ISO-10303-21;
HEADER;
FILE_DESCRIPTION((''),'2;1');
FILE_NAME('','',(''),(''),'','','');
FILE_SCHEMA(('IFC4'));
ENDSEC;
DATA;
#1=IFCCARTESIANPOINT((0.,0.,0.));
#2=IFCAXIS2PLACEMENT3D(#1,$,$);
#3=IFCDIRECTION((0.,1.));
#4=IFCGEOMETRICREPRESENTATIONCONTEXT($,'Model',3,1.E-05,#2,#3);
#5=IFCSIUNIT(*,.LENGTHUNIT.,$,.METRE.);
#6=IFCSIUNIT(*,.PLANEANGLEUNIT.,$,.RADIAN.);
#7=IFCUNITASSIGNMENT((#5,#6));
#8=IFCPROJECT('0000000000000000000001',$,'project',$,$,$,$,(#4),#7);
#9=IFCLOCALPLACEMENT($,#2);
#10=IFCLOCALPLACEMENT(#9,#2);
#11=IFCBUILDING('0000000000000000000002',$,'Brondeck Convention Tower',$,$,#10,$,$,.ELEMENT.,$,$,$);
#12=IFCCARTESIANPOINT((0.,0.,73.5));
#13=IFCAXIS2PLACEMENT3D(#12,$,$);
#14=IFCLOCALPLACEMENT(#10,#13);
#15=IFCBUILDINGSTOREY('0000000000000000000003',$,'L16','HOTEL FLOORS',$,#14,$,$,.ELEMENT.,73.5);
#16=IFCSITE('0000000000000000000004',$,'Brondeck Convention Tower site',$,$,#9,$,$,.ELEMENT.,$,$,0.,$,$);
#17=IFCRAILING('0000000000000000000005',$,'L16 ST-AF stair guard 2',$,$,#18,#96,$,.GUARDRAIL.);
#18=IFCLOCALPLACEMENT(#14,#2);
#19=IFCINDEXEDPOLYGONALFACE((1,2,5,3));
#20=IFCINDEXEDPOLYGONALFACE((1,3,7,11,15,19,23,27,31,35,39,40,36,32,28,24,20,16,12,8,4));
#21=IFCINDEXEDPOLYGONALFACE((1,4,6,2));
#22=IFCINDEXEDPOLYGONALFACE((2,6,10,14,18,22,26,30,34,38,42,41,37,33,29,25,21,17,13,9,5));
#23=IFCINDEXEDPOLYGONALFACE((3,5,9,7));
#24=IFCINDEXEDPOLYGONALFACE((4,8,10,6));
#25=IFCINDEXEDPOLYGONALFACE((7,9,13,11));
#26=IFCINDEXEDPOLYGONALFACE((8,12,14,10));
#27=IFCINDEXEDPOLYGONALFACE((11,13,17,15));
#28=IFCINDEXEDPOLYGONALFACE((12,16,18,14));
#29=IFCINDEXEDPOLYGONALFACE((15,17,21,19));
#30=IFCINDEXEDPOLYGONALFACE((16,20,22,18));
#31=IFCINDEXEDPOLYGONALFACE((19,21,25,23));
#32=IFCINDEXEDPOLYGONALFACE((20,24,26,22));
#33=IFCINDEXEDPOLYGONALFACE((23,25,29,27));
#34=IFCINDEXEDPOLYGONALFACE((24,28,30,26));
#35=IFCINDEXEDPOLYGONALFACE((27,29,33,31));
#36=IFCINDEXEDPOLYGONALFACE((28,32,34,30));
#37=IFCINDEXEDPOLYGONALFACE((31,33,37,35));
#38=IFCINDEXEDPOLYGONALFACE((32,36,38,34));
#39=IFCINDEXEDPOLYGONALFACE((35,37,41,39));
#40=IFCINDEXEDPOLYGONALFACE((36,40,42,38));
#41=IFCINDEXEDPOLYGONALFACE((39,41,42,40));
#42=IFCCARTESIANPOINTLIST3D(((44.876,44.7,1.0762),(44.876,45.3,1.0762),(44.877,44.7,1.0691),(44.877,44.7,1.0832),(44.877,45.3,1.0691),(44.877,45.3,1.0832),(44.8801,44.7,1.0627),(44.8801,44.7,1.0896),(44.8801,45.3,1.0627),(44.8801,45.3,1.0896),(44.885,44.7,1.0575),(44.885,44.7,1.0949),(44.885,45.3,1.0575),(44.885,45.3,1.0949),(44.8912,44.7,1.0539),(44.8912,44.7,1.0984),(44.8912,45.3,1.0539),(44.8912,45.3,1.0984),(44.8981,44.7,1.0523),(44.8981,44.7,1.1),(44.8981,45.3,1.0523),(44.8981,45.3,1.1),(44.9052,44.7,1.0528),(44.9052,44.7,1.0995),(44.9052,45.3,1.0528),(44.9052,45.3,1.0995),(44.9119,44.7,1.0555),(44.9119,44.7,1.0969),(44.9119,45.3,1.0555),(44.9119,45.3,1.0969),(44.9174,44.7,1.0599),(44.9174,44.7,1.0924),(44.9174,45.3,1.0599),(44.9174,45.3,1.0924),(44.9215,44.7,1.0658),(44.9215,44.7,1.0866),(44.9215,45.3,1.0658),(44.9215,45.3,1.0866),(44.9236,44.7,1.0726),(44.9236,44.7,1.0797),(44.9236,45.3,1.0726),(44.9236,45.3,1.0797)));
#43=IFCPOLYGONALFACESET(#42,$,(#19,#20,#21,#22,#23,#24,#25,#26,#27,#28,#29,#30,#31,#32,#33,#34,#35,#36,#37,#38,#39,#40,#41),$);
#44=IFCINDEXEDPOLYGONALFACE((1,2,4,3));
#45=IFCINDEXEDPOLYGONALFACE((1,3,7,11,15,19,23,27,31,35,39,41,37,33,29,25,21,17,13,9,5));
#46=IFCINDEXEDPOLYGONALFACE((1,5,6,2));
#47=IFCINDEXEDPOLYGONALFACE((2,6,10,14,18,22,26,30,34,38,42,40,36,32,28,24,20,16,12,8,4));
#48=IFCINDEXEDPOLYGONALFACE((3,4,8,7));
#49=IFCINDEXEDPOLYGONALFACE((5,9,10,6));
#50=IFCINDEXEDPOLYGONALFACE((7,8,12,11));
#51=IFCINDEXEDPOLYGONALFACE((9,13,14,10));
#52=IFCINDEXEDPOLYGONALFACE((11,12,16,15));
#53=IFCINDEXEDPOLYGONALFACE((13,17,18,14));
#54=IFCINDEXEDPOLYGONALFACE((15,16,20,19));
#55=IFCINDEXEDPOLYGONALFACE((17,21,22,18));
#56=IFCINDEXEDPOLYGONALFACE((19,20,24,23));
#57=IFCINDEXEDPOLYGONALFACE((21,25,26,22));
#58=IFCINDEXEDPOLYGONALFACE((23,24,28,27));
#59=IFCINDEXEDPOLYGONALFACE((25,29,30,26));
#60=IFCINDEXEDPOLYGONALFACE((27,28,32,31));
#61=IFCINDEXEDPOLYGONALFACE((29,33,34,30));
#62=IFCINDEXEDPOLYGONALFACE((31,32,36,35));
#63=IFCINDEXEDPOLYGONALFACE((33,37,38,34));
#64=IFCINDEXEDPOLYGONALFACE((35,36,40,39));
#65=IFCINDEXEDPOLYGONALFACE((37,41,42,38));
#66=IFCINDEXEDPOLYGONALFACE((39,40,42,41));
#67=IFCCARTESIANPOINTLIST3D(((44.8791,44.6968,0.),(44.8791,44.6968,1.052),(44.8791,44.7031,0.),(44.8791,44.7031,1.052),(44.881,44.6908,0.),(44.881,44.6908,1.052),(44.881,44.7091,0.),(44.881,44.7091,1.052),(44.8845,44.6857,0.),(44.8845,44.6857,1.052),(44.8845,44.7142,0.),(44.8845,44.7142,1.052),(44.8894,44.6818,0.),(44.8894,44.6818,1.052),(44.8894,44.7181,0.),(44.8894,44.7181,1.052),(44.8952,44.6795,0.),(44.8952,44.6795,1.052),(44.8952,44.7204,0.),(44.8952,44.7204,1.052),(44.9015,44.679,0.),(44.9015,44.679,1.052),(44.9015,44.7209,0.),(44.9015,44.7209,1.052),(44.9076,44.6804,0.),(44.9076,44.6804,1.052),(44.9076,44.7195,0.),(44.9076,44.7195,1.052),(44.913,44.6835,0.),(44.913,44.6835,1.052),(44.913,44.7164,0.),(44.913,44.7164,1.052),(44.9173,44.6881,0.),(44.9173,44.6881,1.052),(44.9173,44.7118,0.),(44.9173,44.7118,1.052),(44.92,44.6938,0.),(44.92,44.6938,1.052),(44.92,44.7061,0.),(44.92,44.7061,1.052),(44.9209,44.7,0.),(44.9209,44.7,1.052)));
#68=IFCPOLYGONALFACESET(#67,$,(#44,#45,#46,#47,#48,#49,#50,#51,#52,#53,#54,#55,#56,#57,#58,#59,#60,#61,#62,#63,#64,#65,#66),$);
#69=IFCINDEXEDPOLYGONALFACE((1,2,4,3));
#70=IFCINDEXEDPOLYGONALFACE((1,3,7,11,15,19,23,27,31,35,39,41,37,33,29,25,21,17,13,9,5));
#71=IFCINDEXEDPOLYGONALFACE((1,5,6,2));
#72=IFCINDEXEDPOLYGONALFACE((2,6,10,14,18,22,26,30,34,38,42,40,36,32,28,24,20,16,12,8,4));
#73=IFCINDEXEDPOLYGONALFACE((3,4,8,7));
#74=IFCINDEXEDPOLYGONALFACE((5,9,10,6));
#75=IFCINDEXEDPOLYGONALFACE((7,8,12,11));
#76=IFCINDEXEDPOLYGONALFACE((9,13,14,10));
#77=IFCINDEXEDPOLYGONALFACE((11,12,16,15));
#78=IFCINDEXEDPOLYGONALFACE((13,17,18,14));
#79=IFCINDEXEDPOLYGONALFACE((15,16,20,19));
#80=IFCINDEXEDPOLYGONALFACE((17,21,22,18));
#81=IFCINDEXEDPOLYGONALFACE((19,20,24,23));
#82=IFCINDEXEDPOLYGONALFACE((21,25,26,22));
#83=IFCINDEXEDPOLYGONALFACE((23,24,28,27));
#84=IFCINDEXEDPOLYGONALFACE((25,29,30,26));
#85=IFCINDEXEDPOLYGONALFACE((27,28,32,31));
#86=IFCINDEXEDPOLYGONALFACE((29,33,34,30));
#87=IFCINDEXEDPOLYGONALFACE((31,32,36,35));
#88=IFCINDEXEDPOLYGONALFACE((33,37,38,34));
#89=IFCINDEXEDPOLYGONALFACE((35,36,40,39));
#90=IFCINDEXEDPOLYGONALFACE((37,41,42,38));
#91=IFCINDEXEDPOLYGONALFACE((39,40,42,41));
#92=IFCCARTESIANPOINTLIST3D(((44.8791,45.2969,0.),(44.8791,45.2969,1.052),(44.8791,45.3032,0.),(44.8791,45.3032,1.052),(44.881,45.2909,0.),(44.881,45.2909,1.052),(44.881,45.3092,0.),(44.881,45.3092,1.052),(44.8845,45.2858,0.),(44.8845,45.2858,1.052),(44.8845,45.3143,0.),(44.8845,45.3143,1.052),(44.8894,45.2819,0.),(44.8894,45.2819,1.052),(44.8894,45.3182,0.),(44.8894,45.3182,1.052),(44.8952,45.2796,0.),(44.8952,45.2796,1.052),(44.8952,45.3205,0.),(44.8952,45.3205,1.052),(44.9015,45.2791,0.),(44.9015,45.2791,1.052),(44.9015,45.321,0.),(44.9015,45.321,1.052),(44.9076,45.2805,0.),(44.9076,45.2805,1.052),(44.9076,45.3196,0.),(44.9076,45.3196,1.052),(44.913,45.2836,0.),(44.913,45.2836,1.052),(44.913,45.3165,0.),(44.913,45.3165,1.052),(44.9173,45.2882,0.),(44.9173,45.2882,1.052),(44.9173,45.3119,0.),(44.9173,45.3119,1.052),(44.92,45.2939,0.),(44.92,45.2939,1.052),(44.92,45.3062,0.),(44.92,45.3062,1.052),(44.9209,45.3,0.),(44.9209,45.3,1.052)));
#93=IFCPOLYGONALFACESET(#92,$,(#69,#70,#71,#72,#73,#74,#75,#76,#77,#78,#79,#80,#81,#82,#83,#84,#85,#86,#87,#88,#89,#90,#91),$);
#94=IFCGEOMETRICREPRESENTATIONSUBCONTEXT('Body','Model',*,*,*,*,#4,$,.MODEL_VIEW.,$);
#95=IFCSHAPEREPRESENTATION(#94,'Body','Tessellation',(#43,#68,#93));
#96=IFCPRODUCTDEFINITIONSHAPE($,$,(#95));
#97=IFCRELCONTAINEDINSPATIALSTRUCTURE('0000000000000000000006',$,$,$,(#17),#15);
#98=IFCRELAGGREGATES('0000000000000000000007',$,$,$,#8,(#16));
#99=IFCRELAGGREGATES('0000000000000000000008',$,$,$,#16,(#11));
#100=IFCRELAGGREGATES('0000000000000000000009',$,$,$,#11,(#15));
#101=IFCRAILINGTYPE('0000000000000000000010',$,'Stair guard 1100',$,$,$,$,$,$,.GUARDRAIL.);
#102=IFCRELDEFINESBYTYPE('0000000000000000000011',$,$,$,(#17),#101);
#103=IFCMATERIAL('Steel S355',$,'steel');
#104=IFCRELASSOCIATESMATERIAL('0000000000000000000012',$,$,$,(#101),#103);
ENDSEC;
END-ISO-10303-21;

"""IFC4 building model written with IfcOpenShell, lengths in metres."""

from ifc_helpers import new_model, si_unit, direction, frame, origin, origin_2d, place, context, subcontext, project, spatial, circle, extrude, material, type_object, element, save


model = new_model("IFC4")

# Units and contexts
model_context = context("Model", 3, precision=1e-05, world=origin(), true_north=direction((0.0, 1.0)))
body_context = subcontext(model_context, "Body", "Model", "MODEL_VIEW")
ifc_project = project(units=[si_unit("LENGTHUNIT", "METRE"), si_unit("PLANEANGLEUNIT", "RADIAN")], contexts=[model_context])

# Site, building, storey
site_placement = place(None, origin())
site = spatial("IfcSite", under=ifc_project, at=site_placement, Name="Brondeck Convention Tower site", CompositionType="ELEMENT", RefElevation=0.0)
building_placement = place(site_placement, origin())
building = spatial("IfcBuilding", under=site, at=building_placement, Name="Brondeck Convention Tower", CompositionType="ELEMENT")
storey_placement = place(building_placement, frame((0.0, 0.0, 73.5)))
storey = spatial("IfcBuildingStorey", under=building, at=storey_placement, Name="L16", Description="HOTEL FLOORS", CompositionType="ELEMENT", Elevation=73.5)

# Shared definitions
ifc_material_1 = material(Name="Steel S355", Category="steel")

# Railing
railing_type_1 = type_object("IfcRailingType", Name="Stair guard 1100", PredefinedType="GUARDRAIL", material=ifc_material_1)
railing_1_placement = place(storey_placement, frame((44.8999, 44.7, 0.0)))
element("IfcRailing", 1, at=railing_1_placement, inside=storey, type_object=railing_type_1, Name="L16 ST-AF stair guard 2", PredefinedType="GUARDRAIL", context=body_context, shape_type="SweptSolid", body=[
    extrude(circle(Radius=0.0239, at=origin_2d()), frame((0.0, 0.0, 1.0762), z_axis=(0.0, 1.0, 0.0), x_axis=(-1.0, 0.0, 0.0)), (0.0, 0.0, 1.0), 0.6001),
    extrude(circle(Radius=0.021, at=origin_2d()), origin(), (0.0, 0.0, 1.0), 1.052),
    extrude(circle(Radius=0.021, at=origin_2d()), frame((0.0, 0.6001, 0.0)), (0.0, 0.0, 1.0), 1.052),
])

save(model, "model.ifc")
